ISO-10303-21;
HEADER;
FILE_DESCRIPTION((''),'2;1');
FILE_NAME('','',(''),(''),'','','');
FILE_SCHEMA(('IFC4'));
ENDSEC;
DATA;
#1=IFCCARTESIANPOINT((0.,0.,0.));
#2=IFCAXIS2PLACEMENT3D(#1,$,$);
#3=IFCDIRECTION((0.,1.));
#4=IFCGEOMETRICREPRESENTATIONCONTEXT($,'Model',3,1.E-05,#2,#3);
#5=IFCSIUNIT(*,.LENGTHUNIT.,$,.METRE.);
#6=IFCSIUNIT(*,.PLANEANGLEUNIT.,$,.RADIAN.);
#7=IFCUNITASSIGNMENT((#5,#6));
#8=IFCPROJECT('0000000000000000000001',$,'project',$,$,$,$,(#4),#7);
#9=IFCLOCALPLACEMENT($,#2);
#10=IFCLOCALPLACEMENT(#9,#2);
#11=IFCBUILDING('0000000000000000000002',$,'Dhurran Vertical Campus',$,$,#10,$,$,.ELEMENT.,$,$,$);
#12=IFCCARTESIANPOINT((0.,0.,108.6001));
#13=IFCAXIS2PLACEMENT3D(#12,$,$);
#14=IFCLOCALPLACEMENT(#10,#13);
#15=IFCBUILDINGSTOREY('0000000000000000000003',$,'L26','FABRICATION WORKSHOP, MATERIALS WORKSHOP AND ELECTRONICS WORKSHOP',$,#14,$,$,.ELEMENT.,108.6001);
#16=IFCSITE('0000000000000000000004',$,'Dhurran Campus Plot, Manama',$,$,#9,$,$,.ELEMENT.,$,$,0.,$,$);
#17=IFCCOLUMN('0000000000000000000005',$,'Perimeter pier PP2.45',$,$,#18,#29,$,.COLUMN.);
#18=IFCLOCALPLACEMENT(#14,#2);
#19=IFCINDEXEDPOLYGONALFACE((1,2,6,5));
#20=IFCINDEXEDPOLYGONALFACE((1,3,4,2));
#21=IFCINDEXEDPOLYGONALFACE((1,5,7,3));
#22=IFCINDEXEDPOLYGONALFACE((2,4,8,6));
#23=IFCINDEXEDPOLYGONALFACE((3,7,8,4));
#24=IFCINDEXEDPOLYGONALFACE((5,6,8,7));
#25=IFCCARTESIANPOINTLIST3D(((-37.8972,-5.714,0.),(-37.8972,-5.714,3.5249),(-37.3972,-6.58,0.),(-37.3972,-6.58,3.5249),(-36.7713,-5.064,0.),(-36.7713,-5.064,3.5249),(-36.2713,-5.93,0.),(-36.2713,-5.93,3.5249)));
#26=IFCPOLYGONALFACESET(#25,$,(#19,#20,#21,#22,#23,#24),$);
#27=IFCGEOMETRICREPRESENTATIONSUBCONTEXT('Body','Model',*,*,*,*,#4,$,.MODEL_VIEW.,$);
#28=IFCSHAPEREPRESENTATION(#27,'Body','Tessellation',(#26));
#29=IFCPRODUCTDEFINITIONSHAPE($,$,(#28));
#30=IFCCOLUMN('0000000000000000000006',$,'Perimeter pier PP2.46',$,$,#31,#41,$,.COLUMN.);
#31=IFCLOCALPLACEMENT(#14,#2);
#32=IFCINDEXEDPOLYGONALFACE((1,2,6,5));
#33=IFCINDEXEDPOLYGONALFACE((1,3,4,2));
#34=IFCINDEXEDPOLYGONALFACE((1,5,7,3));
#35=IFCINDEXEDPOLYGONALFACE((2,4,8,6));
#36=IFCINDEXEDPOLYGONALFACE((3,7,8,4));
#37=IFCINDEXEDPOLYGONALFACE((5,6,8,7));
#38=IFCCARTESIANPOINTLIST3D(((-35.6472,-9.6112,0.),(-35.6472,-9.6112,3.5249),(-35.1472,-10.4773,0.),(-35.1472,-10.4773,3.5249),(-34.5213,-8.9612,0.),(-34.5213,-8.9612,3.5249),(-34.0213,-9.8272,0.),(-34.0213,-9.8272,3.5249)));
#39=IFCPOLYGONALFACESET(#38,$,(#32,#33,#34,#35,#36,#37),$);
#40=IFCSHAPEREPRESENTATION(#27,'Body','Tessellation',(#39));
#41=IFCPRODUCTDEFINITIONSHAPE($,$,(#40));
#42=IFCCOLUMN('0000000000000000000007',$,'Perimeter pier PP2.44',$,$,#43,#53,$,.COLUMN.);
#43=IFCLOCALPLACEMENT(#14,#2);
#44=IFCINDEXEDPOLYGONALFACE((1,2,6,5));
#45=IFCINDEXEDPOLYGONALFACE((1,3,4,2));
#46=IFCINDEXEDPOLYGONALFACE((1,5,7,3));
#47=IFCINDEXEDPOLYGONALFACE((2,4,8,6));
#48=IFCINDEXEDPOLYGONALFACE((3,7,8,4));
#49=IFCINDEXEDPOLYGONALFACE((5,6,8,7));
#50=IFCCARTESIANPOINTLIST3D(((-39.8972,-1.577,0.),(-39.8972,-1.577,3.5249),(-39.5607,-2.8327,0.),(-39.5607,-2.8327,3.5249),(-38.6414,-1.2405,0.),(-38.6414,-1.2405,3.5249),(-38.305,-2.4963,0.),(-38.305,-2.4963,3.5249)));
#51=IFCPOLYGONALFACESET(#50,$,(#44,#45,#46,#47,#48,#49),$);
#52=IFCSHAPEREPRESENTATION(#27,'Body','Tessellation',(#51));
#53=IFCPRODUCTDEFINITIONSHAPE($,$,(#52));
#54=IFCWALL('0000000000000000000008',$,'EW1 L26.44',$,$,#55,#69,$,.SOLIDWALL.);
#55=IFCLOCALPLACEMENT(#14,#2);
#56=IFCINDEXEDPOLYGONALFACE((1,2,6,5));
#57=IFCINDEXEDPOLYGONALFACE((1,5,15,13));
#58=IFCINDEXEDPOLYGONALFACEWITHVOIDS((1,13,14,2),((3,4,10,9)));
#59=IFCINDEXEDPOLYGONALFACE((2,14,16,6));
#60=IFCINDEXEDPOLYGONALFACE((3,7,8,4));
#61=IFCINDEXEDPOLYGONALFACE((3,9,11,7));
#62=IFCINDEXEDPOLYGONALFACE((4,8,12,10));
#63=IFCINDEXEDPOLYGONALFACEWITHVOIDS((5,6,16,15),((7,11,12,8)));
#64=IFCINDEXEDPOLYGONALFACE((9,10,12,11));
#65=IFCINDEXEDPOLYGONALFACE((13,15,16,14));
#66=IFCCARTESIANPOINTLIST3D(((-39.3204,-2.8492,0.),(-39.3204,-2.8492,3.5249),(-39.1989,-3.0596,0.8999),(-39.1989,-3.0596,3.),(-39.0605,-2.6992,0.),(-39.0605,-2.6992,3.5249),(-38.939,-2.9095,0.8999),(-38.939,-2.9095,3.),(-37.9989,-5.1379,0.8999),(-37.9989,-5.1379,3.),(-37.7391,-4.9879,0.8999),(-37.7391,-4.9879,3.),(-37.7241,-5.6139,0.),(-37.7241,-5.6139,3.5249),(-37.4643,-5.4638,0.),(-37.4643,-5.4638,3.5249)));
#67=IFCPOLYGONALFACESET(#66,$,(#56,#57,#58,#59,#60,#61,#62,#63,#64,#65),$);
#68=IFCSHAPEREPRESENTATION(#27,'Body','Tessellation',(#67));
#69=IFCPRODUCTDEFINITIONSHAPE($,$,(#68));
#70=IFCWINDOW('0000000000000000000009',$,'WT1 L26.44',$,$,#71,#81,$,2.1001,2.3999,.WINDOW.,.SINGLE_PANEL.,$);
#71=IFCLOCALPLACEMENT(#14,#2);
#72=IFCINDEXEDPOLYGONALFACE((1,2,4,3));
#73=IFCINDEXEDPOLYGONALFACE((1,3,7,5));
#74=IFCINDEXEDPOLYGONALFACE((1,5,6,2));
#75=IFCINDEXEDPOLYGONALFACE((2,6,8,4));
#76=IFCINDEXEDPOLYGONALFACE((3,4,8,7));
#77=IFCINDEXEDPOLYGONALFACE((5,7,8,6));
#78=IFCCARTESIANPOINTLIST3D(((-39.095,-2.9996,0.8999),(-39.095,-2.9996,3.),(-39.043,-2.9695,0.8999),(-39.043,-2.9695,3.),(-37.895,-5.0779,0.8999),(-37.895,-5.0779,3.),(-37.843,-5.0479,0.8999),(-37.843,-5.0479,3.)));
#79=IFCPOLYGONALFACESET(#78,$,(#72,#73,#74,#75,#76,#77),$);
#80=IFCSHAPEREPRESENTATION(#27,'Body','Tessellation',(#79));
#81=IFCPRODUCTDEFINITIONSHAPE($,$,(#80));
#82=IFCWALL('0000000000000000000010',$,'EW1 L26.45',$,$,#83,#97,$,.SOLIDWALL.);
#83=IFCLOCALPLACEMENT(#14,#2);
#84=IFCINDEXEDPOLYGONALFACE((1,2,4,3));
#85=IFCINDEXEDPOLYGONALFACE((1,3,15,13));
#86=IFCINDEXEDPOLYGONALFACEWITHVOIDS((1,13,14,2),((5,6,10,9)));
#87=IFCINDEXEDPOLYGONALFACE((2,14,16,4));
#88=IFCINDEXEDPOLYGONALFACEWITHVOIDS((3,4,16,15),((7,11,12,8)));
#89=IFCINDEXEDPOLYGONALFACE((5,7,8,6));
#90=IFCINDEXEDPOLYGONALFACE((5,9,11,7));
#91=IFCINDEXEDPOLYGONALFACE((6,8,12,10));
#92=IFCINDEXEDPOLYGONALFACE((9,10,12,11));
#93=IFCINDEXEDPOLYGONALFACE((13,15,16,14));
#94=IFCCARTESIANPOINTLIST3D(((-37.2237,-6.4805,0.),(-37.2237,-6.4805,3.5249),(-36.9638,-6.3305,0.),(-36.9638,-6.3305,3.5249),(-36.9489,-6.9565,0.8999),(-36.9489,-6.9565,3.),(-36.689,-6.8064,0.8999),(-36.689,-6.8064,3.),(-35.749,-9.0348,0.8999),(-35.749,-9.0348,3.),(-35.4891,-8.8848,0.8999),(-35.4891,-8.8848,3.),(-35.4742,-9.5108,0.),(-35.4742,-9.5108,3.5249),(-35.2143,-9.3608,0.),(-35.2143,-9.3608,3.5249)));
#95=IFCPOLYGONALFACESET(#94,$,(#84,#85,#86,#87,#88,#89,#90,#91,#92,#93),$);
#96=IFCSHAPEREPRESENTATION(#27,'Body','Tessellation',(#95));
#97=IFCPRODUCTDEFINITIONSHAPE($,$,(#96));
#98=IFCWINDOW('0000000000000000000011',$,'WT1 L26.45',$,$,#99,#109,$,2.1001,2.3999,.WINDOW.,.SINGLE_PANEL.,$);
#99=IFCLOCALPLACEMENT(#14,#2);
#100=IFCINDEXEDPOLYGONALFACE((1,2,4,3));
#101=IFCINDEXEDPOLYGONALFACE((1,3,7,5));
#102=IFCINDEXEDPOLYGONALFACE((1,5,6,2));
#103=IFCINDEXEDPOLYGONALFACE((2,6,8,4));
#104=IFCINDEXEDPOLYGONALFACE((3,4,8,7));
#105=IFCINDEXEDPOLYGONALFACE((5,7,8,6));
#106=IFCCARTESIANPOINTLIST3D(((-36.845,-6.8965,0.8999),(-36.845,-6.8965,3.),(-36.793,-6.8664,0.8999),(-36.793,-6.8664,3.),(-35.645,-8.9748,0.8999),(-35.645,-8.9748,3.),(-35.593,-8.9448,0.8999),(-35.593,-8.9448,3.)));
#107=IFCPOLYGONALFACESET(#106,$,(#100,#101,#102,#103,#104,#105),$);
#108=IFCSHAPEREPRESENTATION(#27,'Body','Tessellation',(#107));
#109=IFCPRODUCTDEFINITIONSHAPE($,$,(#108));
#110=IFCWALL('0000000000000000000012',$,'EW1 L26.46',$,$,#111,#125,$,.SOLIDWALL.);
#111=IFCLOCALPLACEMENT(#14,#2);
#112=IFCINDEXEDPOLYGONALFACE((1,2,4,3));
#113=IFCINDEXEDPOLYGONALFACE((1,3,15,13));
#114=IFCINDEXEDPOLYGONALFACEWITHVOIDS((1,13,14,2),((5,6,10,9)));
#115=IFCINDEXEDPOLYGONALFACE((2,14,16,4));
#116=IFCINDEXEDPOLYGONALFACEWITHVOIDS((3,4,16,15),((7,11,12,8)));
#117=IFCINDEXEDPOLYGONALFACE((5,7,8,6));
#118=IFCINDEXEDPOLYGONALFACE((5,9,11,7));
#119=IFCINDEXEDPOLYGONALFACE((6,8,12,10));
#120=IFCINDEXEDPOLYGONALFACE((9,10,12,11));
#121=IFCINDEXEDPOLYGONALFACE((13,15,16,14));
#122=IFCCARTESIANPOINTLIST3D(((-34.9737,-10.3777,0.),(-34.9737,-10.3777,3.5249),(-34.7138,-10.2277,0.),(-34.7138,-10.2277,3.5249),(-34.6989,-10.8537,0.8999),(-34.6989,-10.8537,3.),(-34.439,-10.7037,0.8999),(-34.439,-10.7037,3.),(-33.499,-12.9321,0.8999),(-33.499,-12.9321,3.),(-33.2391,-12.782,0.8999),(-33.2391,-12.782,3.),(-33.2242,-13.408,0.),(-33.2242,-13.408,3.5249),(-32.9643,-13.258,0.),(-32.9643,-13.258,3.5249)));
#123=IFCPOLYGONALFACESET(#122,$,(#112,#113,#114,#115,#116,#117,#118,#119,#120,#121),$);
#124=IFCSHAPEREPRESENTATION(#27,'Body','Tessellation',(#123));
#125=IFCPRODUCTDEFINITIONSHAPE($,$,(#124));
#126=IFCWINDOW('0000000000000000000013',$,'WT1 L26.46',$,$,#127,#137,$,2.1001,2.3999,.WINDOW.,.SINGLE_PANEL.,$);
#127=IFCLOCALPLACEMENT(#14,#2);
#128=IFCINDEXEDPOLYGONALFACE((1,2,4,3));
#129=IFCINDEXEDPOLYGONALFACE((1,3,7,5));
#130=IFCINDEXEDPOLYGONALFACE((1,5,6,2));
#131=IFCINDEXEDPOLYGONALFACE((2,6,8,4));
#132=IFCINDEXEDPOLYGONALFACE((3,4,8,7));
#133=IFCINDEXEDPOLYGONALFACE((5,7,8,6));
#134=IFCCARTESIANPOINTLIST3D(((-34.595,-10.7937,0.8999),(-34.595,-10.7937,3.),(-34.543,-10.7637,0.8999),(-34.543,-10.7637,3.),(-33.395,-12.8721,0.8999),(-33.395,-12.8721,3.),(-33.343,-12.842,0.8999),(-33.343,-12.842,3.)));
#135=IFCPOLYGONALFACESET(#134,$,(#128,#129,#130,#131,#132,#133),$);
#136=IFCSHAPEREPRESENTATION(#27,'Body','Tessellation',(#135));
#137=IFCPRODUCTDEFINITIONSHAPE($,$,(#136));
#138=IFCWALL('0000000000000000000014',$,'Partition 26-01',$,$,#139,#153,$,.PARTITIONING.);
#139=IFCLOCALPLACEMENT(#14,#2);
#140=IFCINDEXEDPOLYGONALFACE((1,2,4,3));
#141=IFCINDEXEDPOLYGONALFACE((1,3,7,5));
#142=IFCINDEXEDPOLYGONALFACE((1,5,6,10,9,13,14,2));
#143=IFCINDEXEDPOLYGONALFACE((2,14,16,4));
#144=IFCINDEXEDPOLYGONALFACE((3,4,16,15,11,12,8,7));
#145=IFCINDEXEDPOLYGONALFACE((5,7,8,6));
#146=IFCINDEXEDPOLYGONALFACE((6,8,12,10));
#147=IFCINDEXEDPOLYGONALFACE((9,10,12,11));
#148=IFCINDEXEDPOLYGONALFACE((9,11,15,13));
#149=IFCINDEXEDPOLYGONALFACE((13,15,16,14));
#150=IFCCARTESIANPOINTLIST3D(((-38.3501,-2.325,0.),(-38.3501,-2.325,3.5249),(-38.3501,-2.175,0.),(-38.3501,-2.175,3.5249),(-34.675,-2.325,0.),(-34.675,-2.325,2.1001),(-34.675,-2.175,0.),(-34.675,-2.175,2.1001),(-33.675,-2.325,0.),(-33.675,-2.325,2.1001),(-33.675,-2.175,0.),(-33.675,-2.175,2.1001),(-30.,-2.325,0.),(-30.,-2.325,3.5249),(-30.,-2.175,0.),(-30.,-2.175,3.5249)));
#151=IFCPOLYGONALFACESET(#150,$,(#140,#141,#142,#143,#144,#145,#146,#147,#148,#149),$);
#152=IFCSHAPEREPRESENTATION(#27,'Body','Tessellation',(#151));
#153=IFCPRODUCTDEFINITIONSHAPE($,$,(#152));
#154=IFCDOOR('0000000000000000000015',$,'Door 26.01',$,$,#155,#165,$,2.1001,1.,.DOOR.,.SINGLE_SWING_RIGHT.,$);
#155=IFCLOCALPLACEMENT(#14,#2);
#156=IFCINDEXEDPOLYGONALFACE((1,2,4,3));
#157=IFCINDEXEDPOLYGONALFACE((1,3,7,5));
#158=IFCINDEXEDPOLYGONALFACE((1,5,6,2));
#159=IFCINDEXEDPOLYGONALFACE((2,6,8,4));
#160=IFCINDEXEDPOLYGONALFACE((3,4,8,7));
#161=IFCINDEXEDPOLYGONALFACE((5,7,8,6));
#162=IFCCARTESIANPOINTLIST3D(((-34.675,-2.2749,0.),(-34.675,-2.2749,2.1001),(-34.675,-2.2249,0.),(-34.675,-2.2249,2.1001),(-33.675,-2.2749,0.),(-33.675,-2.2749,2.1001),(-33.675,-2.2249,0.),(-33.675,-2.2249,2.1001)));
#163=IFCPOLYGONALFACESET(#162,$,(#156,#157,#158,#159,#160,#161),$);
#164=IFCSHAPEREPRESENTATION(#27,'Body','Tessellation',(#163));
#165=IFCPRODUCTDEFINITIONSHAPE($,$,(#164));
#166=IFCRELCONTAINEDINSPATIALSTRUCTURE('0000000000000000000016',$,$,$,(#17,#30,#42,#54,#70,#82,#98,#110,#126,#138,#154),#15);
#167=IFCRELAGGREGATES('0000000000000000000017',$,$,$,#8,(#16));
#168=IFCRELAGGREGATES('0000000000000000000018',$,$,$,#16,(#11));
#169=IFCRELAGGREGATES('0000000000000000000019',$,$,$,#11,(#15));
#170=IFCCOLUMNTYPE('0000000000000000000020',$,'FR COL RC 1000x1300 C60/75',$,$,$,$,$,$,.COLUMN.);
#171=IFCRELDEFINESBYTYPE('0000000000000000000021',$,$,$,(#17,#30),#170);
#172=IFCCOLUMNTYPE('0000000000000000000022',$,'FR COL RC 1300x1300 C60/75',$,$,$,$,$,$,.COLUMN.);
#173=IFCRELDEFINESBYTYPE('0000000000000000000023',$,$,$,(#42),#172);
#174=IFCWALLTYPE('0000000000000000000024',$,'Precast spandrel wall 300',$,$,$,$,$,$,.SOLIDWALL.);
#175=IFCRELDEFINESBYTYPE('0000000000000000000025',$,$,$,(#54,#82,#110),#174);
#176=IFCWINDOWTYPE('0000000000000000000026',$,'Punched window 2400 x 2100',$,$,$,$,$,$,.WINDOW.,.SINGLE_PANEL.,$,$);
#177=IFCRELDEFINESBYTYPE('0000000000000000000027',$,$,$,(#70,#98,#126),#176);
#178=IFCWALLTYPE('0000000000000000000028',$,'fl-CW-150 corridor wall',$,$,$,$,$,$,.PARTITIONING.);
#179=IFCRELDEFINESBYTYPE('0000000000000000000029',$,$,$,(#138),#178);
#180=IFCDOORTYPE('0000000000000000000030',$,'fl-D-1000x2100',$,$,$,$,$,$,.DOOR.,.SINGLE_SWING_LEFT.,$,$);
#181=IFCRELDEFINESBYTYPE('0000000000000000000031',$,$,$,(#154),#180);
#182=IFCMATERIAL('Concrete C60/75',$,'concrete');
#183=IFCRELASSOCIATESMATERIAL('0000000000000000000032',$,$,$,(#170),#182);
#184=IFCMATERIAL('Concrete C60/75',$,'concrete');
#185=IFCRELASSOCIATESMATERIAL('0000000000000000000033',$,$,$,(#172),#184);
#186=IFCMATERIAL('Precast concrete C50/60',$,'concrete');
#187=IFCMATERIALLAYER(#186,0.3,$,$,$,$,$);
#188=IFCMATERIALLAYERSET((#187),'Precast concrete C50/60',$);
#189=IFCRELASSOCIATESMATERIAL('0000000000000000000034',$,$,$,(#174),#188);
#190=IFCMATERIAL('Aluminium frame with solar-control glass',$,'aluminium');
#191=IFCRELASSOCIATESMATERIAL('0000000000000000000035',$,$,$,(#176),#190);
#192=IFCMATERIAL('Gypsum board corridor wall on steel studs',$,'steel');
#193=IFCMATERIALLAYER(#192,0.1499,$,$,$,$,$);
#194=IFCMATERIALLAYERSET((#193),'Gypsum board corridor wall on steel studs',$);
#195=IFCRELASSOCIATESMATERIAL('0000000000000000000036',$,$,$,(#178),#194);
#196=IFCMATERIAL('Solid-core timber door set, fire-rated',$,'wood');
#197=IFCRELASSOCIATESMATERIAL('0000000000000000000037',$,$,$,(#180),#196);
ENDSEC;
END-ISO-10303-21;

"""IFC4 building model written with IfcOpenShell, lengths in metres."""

from ifc_helpers import new_model, si_unit, direction, frame, frame_2d, origin, origin_2d, place, context, subcontext, project, spatial, rectangle, extrude, material, layer, layer_set, material_profile, profile_set, type_object, element, fill, save


model = new_model("IFC4")

# Units and contexts
model_context = context("Model", 3, precision=1e-05, world=origin(), true_north=direction((0.0, 1.0)))
body_context = subcontext(model_context, "Body", "Model", "MODEL_VIEW")
ifc_project = project(units=[si_unit("LENGTHUNIT", "METRE"), si_unit("PLANEANGLEUNIT", "RADIAN")], contexts=[model_context])

# Site, building, storey
site_placement = place(None, origin())
site = spatial("IfcSite", under=ifc_project, at=site_placement, Name="Dhurran Campus Plot, Manama", CompositionType="ELEMENT", RefElevation=0.0)
building_placement = place(site_placement, origin())
building = spatial("IfcBuilding", under=site, at=building_placement, Name="Dhurran Vertical Campus", CompositionType="ELEMENT")
storey_placement = place(building_placement, frame((0.0, 0.0, 108.6001)))
storey = spatial("IfcBuildingStorey", under=building, at=storey_placement, Name="L26", Description="FABRICATION WORKSHOP, MATERIALS WORKSHOP AND ELECTRONICS WORKSHOP", CompositionType="ELEMENT", Elevation=108.6001)

# Columns
ifc_material_1 = material(Name="Concrete C60/75", Category="concrete")
ifc_material_profile_1 = material_profile(ifc_material_1, rectangle(XDim=1.0, YDim=1.3, at=origin_2d()), Name="RC 1000x1300")
ifc_profile_set_1 = profile_set([ifc_material_profile_1], Name="Concrete C60/75")
column_type_1 = type_object("IfcColumnType", Name="FR COL RC 1000x1300 C60/75", PredefinedType="COLUMN", material=ifc_profile_set_1)
for number, where, z_axis, x_axis, name in (
    (1, (-37.0842, -5.822, 0.0), (0.0, 0.0, 1.0), (0.5, -0.866025, 0.0), "Perimeter pier PP2.45"),
    (2, (-34.8342, -9.7192, 0.0), (0.0, 0.0, 1.0), (0.5, -0.866025, 0.0), "Perimeter pier PP2.46"),
):
    element("IfcColumn", number, at=place(storey_placement, frame(where, z_axis=z_axis, x_axis=x_axis)), inside=storey, type_object=column_type_1, Name=name, PredefinedType="COLUMN", context=body_context, shape_type="SweptSolid", body=[
        extrude(rectangle(XDim=1.0, YDim=1.3, at=origin_2d()), origin(), (0.0, 0.0, 1.0), 3.5249),
    ])
ifc_material_2 = material(Name="Concrete C60/75", Category="concrete")
ifc_material_profile_2 = material_profile(ifc_material_2, rectangle(XDim=1.3, YDim=1.3, at=origin_2d()), Name="RC 1300x1300")
ifc_profile_set_2 = profile_set([ifc_material_profile_2], Name="Concrete C60/75")
column_type_2 = type_object("IfcColumnType", Name="FR COL RC 1300x1300 C60/75", PredefinedType="COLUMN", material=ifc_profile_set_2)
column_placement = place(storey_placement, frame((-39.1011, -2.0366, 0.0), z_axis=(0.0, 0.0, 1.0), x_axis=(0.258819, -0.965926, 0.0)))
element("IfcColumn", 3, at=column_placement, inside=storey, type_object=column_type_2, Name="Perimeter pier PP2.44", PredefinedType="COLUMN", context=body_context, shape_type="SweptSolid", body=[
    extrude(rectangle(XDim=1.3, YDim=1.3, at=origin_2d()), origin(), (0.0, 0.0, 1.0), 3.5249),
])

# Walls, openings, windows
ifc_material_3 = material(Name="Precast concrete C50/60", Category="concrete")
ifc_layer_1 = layer(ifc_material_3, 0.3)
ifc_layer_set_1 = layer_set([ifc_layer_1], Name="Precast concrete C50/60")
wall_type_1 = type_object("IfcWallType", Name="Precast spandrel wall 300", PredefinedType="SOLIDWALL", material=ifc_layer_set_1)
wall_1_placement = place(storey_placement, frame((-39.1904, -2.7742, 0.0), z_axis=(0.0, 0.0, 1.0), x_axis=(0.500005, -0.866023, 0.0)))
wall_1 = element("IfcWall", 4, at=wall_1_placement, inside=storey, type_object=wall_type_1, Name="EW1 L26.44", PredefinedType="SOLIDWALL", context=body_context, shape_type="SweptSolid", body=[
    extrude(rectangle(XDim=3.1924, YDim=0.3, at=frame_2d((1.5962, 0.0))), origin(), (0.0, 0.0, 1.0), 3.5249),
])
opening_1_placement = place(wall_1_placement, frame((0.2429, 0.0, 0.8999)))
opening_1 = element("IfcOpeningElement", 5, at=opening_1_placement, cuts=wall_1, PredefinedType="OPENING", context=body_context, shape_type="SweptSolid", body=[
    extrude(rectangle(XDim=2.3999, YDim=2.1001, at=frame_2d((1.2, 1.05))), frame((0.0, 0.1599, 0.0), z_axis=(0.0, -1.0, 0.0), x_axis=(1.0, 0.0, 0.0)), (0.0, 0.0, 1.0), 0.3201),
])
ifc_material_4 = material(Name="Aluminium frame with solar-control glass", Category="aluminium")
window_type = type_object("IfcWindowType", Name="Punched window 2400 x 2100", PartitioningType="SINGLE_PANEL", PredefinedType="WINDOW", material=ifc_material_4)
window_1_placement = place(opening_1_placement, origin())
window_1 = element("IfcWindow", 6, at=window_1_placement, inside=storey, type_object=window_type, Name="WT1 L26.44", OverallHeight=2.1001, OverallWidth=2.3999, PartitioningType="SINGLE_PANEL", PredefinedType="WINDOW", context=body_context, shape_type="SweptSolid", body=[
    extrude(rectangle(XDim=2.3999, YDim=2.1001, at=frame_2d((1.2, 1.05))), frame((0.0, 0.03, 0.0), z_axis=(0.0, -1.0, 0.0), x_axis=(1.0, 0.0, 0.0)), (0.0, 0.0, 1.0), 0.0601),
])
fill(opening_1, window_1)
wall_2_placement = place(storey_placement, frame((-37.0938, -6.4055, 0.0), z_axis=(0.0, 0.0, 1.0), x_axis=(0.499996, -0.866028, 0.0)))
wall_2 = element("IfcWall", 7, at=wall_2_placement, inside=storey, type_object=wall_type_1, Name="EW1 L26.45", PredefinedType="SOLIDWALL", context=body_context, shape_type="SweptSolid", body=[
    extrude(rectangle(XDim=3.499, YDim=0.3, at=frame_2d((1.7495, 0.0))), origin(), (0.0, 0.0, 1.0), 3.5249),
])
opening_2_placement = place(wall_2_placement, frame((0.5496, 0.0, 0.8999)))
opening_2 = element("IfcOpeningElement", 8, at=opening_2_placement, cuts=wall_2, PredefinedType="OPENING", context=body_context, shape_type="SweptSolid", body=[
    extrude(rectangle(XDim=2.3999, YDim=2.1001, at=frame_2d((1.2, 1.05))), frame((0.0, 0.1599, 0.0), z_axis=(0.0, -1.0, 0.0), x_axis=(1.0, 0.0, 0.0)), (0.0, 0.0, 1.0), 0.3201),
])
window_2_placement = place(opening_2_placement, origin())
window_2 = element("IfcWindow", 9, at=window_2_placement, inside=storey, type_object=window_type, Name="WT1 L26.45", OverallHeight=2.1001, OverallWidth=2.3999, PartitioningType="SINGLE_PANEL", PredefinedType="WINDOW", context=body_context, shape_type="SweptSolid", body=[
    extrude(rectangle(XDim=2.3999, YDim=2.1001, at=frame_2d((1.2, 1.05))), frame((0.0, 0.03, 0.0), z_axis=(0.0, -1.0, 0.0), x_axis=(1.0, 0.0, 0.0)), (0.0, 0.0, 1.0), 0.0601),
])
fill(opening_2, window_2)
wall_3_placement = place(storey_placement, frame((-34.8438, -10.3027, 0.0), z_axis=(0.0, 0.0, 1.0), x_axis=(0.499996, -0.866028, 0.0)))
wall_3 = element("IfcWall", 10, at=wall_3_placement, inside=storey, type_object=wall_type_1, Name="EW1 L26.46", PredefinedType="SOLIDWALL", context=body_context, shape_type="SweptSolid", body=[
    extrude(rectangle(XDim=3.499, YDim=0.3, at=frame_2d((1.7495, 0.0))), origin(), (0.0, 0.0, 1.0), 3.5249),
])
opening_3_placement = place(wall_3_placement, frame((0.5496, 0.0, 0.8999)))
opening_3 = element("IfcOpeningElement", 11, at=opening_3_placement, cuts=wall_3, PredefinedType="OPENING", context=body_context, shape_type="SweptSolid", body=[
    extrude(rectangle(XDim=2.3999, YDim=2.1001, at=frame_2d((1.2, 1.05))), frame((0.0, 0.1599, 0.0), z_axis=(0.0, -1.0, 0.0), x_axis=(1.0, 0.0, 0.0)), (0.0, 0.0, 1.0), 0.3201),
])
window_3_placement = place(opening_3_placement, origin())
window_3 = element("IfcWindow", 12, at=window_3_placement, inside=storey, type_object=window_type, Name="WT1 L26.46", OverallHeight=2.1001, OverallWidth=2.3999, PartitioningType="SINGLE_PANEL", PredefinedType="WINDOW", context=body_context, shape_type="SweptSolid", body=[
    extrude(rectangle(XDim=2.3999, YDim=2.1001, at=frame_2d((1.2, 1.05))), frame((0.0, 0.03, 0.0), z_axis=(0.0, -1.0, 0.0), x_axis=(1.0, 0.0, 0.0)), (0.0, 0.0, 1.0), 0.0601),
])
fill(opening_3, window_3)

# Wall, opening, door
ifc_material_5 = material(Name="Gypsum board corridor wall on steel studs", Category="steel")
ifc_layer_2 = layer(ifc_material_5, 0.1499)
ifc_layer_set_2 = layer_set([ifc_layer_2], Name="Gypsum board corridor wall on steel studs")
wall_type_2 = type_object("IfcWallType", Name="fl-CW-150 corridor wall", PredefinedType="PARTITIONING", material=ifc_layer_set_2)
wall_4_placement = place(storey_placement, frame((-30.0, -2.25, 0.0), z_axis=(0.0, 0.0, 1.0), x_axis=(-1.0, 0.0, 0.0)))
wall_4 = element("IfcWall", 13, at=wall_4_placement, inside=storey, type_object=wall_type_2, Name="Partition 26-01", PredefinedType="PARTITIONING", context=body_context, shape_type="SweptSolid", body=[
    extrude(rectangle(XDim=8.3501, YDim=0.1499, at=frame_2d((4.175, 0.0))), origin(), (0.0, 0.0, 1.0), 3.5249),
])
opening_4_placement = place(wall_4_placement, frame((3.675, 0.0, 0.0)))
opening_4 = element("IfcOpeningElement", 14, at=opening_4_placement, cuts=wall_4, PredefinedType="OPENING", context=body_context, shape_type="SweptSolid", body=[
    extrude(rectangle(XDim=1.0, YDim=2.1001, at=frame_2d((0.5, 1.05))), frame((0.0, 0.085, 0.0), z_axis=(0.0, -1.0, 0.0), x_axis=(1.0, 0.0, 0.0)), (0.0, 0.0, 1.0), 0.1699),
])
ifc_material_6 = material(Name="Solid-core timber door set, fire-rated", Category="wood")
door_type = type_object("IfcDoorType", Name="fl-D-1000x2100", OperationType="SINGLE_SWING_LEFT", PredefinedType="DOOR", material=ifc_material_6)
door_placement = place(opening_4_placement, origin())
door = element("IfcDoor", 15, at=door_placement, inside=storey, type_object=door_type, Name="Door 26.01", OperationType="SINGLE_SWING_RIGHT", OverallHeight=2.1001, OverallWidth=1.0, PredefinedType="DOOR", context=body_context, shape_type="SweptSolid", body=[
    extrude(rectangle(XDim=1.0, YDim=2.1001, at=frame_2d((0.5, 1.05))), frame((0.0, 0.0249, 0.0), z_axis=(0.0, -1.0, 0.0), x_axis=(1.0, 0.0, 0.0)), (0.0, 0.0, 1.0), 0.05),
])
fill(opening_4, door)

save(model, "model.ifc")
